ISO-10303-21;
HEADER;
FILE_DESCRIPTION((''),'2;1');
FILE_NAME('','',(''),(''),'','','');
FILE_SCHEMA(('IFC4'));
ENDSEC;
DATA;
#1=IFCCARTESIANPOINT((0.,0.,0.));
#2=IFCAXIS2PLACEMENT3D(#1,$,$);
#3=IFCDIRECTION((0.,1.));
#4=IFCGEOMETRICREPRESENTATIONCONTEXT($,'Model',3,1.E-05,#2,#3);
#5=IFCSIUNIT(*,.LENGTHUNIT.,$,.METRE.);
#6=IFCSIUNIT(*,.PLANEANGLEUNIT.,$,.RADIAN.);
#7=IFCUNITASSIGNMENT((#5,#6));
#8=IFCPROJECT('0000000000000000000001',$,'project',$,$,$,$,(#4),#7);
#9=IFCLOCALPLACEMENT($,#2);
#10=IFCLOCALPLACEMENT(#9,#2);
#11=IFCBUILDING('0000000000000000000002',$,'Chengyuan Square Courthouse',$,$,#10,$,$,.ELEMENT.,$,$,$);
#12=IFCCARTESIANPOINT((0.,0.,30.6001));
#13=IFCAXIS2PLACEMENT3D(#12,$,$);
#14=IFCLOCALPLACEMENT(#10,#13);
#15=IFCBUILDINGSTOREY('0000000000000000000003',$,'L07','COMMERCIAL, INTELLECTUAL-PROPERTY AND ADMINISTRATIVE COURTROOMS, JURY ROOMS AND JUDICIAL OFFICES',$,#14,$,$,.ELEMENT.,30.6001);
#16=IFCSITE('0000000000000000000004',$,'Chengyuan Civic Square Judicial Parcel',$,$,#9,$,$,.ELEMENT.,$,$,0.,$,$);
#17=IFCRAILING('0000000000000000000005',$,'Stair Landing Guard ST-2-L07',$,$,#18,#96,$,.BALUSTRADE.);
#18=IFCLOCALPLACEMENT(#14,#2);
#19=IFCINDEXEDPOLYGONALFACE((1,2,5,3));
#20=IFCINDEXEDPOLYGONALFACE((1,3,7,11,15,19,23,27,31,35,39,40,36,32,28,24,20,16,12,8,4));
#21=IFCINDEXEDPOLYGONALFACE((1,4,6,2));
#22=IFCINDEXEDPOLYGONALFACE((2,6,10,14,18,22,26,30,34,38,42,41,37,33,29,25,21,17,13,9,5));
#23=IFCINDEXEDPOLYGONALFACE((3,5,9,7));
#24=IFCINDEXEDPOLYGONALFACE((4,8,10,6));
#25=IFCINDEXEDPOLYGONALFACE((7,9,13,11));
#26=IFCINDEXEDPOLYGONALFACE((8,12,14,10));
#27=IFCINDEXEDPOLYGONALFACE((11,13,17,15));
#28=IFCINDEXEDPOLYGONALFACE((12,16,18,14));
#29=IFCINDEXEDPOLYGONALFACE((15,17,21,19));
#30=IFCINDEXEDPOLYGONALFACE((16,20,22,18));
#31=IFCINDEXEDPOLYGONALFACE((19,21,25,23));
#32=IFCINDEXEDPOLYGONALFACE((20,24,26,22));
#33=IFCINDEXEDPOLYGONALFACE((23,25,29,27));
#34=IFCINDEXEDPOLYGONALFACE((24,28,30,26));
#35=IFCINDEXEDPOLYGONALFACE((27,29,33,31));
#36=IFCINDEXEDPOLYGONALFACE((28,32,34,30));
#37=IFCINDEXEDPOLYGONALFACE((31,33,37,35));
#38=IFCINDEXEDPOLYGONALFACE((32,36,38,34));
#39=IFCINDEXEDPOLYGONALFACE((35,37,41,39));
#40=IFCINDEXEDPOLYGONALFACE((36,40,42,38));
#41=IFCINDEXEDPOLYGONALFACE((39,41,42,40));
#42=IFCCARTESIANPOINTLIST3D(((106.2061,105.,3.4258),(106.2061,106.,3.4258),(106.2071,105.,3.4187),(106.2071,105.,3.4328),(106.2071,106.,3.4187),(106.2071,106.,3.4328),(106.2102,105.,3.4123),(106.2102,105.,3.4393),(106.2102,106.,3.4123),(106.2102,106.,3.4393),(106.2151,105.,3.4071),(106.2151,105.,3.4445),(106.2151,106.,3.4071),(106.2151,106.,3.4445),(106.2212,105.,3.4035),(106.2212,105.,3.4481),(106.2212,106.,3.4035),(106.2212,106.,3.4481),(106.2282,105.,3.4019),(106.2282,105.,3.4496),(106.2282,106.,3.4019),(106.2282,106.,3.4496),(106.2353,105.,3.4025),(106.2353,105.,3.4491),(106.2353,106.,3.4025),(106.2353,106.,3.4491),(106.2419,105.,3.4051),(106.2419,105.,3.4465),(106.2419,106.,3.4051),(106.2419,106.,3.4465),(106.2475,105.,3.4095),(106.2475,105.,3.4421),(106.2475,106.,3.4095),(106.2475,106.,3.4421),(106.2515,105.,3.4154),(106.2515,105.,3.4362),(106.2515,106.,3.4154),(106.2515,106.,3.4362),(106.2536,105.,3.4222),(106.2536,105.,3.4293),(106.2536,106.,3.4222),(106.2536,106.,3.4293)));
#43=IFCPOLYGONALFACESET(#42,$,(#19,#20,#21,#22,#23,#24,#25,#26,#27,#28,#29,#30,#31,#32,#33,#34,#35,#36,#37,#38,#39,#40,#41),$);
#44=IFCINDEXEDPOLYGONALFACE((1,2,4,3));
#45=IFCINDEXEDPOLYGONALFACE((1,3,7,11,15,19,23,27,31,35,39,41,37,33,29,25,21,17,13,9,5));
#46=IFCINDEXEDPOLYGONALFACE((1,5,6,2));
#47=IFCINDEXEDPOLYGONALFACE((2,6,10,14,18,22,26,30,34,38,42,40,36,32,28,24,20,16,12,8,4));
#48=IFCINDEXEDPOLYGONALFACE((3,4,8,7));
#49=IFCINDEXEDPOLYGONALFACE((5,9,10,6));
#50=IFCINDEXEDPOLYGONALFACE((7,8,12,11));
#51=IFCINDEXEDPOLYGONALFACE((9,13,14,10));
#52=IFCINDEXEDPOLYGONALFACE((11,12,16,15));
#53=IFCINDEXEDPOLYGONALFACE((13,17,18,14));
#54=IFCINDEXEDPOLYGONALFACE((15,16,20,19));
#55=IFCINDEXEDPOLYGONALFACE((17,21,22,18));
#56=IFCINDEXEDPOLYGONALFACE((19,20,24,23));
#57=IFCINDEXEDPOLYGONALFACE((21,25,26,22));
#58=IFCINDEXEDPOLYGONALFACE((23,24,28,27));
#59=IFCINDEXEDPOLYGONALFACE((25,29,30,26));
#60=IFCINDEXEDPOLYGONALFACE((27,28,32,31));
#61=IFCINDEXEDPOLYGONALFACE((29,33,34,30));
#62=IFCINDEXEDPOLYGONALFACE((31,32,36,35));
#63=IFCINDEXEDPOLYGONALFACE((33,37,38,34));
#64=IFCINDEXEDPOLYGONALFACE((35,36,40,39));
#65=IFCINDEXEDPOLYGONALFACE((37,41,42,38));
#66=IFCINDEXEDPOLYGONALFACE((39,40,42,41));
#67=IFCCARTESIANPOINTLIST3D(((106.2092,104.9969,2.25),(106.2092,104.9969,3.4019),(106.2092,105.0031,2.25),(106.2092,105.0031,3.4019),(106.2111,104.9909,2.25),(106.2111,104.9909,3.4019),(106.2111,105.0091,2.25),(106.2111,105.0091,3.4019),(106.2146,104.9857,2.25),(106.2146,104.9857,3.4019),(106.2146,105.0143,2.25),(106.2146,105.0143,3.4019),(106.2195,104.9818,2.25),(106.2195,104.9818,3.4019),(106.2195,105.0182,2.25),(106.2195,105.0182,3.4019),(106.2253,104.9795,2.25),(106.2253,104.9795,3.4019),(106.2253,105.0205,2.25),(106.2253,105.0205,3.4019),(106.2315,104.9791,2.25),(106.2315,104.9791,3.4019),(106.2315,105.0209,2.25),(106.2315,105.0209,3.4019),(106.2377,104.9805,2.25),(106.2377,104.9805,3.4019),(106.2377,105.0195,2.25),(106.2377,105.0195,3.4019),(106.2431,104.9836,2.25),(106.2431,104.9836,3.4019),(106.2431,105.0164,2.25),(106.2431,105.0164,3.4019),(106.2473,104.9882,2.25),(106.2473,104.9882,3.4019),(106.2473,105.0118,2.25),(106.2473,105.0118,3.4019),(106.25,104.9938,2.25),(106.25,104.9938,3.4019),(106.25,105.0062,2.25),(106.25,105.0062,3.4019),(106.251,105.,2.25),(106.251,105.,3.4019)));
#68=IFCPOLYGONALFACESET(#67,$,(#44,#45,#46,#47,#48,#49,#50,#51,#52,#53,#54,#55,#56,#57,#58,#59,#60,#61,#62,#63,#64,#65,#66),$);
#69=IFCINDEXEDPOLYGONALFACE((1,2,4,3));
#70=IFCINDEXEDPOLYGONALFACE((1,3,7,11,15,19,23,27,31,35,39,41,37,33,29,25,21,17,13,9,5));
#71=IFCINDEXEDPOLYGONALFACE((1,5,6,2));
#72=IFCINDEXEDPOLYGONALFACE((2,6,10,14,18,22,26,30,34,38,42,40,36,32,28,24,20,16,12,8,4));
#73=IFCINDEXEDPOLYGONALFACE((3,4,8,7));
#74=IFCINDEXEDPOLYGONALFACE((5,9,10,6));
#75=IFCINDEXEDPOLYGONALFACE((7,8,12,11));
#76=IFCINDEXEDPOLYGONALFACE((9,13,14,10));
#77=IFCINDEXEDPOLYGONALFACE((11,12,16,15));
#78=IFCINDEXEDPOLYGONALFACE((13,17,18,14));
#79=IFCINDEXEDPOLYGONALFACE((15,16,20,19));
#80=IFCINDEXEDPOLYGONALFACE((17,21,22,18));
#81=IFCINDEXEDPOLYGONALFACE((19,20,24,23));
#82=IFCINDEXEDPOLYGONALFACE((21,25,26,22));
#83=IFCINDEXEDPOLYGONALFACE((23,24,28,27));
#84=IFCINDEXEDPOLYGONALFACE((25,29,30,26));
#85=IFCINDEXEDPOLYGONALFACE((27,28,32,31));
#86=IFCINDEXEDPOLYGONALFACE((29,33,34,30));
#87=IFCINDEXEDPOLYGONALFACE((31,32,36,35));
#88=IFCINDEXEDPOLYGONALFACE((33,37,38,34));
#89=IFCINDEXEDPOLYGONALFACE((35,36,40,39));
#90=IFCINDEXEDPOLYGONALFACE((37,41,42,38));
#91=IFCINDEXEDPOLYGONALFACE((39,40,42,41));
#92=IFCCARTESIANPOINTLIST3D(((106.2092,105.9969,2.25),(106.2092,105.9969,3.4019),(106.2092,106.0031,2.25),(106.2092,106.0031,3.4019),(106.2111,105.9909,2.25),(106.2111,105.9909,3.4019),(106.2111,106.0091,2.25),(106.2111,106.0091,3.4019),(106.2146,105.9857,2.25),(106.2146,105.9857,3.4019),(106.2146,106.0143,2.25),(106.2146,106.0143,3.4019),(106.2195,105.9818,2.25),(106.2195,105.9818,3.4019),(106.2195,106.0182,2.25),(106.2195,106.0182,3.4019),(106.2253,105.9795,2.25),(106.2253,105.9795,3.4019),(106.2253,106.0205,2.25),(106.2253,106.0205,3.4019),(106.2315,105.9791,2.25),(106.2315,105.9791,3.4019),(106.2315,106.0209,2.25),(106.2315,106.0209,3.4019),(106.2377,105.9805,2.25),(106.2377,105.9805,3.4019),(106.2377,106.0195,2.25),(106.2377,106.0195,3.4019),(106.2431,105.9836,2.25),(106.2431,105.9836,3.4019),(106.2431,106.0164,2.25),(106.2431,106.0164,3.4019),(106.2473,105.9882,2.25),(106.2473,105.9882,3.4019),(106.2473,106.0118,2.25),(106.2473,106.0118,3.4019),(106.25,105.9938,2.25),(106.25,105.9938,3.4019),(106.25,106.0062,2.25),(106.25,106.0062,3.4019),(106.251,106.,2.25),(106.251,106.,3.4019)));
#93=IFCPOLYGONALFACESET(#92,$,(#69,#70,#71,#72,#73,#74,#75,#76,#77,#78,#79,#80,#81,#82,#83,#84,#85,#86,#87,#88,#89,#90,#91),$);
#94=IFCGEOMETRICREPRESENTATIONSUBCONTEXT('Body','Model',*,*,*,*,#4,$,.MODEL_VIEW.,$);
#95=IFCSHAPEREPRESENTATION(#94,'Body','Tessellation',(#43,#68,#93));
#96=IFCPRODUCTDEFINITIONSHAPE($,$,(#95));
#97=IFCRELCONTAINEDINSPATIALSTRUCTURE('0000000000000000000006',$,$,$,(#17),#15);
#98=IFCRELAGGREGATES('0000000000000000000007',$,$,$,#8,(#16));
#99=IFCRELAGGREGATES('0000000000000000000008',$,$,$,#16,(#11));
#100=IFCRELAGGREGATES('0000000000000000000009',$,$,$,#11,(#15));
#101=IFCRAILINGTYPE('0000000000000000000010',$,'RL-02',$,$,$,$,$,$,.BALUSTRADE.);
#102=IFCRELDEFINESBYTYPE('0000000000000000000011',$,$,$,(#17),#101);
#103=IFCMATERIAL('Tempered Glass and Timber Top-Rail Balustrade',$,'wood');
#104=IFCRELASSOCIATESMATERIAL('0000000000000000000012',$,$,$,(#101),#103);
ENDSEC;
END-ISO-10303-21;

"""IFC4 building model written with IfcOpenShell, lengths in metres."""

from ifc_helpers import new_model, si_unit, direction, frame, origin, origin_2d, place, context, subcontext, project, spatial, circle, extrude, material, type_object, element, save


model = new_model("IFC4")

# Units and contexts
model_context = context("Model", 3, precision=1e-05, world=origin(), true_north=direction((0.0, 1.0)))
body_context = subcontext(model_context, "Body", "Model", "MODEL_VIEW")
ifc_project = project(units=[si_unit("LENGTHUNIT", "METRE"), si_unit("PLANEANGLEUNIT", "RADIAN")], contexts=[model_context])

# Site, building, storey
site_placement = place(None, origin())
site = spatial("IfcSite", under=ifc_project, at=site_placement, Name="Chengyuan Civic Square Judicial Parcel", CompositionType="ELEMENT", RefElevation=0.0)
building_placement = place(site_placement, origin())
building = spatial("IfcBuilding", under=site, at=building_placement, Name="Chengyuan Square Courthouse", CompositionType="ELEMENT")
storey_placement = place(building_placement, frame((0.0, 0.0, 30.6001)))
storey = spatial("IfcBuildingStorey", under=building, at=storey_placement, Name="L07", Description="COMMERCIAL, INTELLECTUAL-PROPERTY AND ADMINISTRATIVE COURTROOMS, JURY ROOMS AND JUDICIAL OFFICES", CompositionType="ELEMENT", Elevation=30.6001)

# Railing
ifc_material_1 = material(Name="Tempered Glass and Timber Top-Rail Balustrade", Category="wood")
railing_type_1 = type_object("IfcRailingType", Name="RL-02", PredefinedType="BALUSTRADE", material=ifc_material_1)
railing_1_placement = place(storey_placement, frame((106.23, 105.0, 2.25)))
element("IfcRailing", 1, at=railing_1_placement, inside=storey, type_object=railing_type_1, Name="Stair Landing Guard ST-2-L07", PredefinedType="BALUSTRADE", context=body_context, shape_type="SweptSolid", body=[
    extrude(circle(Radius=0.0239, at=origin_2d()), frame((0.0, 0.0, 1.1758), z_axis=(0.0, 1.0, 0.0), x_axis=(-1.0, 0.0, 0.0)), (0.0, 0.0, 1.0), 1.0),
    extrude(circle(Radius=0.021, at=origin_2d()), origin(), (0.0, 0.0, 1.0), 1.1519),
    extrude(circle(Radius=0.021, at=origin_2d()), frame((0.0, 1.0, 0.0)), (0.0, 0.0, 1.0), 1.1519),
])

save(model, "model.ifc")
